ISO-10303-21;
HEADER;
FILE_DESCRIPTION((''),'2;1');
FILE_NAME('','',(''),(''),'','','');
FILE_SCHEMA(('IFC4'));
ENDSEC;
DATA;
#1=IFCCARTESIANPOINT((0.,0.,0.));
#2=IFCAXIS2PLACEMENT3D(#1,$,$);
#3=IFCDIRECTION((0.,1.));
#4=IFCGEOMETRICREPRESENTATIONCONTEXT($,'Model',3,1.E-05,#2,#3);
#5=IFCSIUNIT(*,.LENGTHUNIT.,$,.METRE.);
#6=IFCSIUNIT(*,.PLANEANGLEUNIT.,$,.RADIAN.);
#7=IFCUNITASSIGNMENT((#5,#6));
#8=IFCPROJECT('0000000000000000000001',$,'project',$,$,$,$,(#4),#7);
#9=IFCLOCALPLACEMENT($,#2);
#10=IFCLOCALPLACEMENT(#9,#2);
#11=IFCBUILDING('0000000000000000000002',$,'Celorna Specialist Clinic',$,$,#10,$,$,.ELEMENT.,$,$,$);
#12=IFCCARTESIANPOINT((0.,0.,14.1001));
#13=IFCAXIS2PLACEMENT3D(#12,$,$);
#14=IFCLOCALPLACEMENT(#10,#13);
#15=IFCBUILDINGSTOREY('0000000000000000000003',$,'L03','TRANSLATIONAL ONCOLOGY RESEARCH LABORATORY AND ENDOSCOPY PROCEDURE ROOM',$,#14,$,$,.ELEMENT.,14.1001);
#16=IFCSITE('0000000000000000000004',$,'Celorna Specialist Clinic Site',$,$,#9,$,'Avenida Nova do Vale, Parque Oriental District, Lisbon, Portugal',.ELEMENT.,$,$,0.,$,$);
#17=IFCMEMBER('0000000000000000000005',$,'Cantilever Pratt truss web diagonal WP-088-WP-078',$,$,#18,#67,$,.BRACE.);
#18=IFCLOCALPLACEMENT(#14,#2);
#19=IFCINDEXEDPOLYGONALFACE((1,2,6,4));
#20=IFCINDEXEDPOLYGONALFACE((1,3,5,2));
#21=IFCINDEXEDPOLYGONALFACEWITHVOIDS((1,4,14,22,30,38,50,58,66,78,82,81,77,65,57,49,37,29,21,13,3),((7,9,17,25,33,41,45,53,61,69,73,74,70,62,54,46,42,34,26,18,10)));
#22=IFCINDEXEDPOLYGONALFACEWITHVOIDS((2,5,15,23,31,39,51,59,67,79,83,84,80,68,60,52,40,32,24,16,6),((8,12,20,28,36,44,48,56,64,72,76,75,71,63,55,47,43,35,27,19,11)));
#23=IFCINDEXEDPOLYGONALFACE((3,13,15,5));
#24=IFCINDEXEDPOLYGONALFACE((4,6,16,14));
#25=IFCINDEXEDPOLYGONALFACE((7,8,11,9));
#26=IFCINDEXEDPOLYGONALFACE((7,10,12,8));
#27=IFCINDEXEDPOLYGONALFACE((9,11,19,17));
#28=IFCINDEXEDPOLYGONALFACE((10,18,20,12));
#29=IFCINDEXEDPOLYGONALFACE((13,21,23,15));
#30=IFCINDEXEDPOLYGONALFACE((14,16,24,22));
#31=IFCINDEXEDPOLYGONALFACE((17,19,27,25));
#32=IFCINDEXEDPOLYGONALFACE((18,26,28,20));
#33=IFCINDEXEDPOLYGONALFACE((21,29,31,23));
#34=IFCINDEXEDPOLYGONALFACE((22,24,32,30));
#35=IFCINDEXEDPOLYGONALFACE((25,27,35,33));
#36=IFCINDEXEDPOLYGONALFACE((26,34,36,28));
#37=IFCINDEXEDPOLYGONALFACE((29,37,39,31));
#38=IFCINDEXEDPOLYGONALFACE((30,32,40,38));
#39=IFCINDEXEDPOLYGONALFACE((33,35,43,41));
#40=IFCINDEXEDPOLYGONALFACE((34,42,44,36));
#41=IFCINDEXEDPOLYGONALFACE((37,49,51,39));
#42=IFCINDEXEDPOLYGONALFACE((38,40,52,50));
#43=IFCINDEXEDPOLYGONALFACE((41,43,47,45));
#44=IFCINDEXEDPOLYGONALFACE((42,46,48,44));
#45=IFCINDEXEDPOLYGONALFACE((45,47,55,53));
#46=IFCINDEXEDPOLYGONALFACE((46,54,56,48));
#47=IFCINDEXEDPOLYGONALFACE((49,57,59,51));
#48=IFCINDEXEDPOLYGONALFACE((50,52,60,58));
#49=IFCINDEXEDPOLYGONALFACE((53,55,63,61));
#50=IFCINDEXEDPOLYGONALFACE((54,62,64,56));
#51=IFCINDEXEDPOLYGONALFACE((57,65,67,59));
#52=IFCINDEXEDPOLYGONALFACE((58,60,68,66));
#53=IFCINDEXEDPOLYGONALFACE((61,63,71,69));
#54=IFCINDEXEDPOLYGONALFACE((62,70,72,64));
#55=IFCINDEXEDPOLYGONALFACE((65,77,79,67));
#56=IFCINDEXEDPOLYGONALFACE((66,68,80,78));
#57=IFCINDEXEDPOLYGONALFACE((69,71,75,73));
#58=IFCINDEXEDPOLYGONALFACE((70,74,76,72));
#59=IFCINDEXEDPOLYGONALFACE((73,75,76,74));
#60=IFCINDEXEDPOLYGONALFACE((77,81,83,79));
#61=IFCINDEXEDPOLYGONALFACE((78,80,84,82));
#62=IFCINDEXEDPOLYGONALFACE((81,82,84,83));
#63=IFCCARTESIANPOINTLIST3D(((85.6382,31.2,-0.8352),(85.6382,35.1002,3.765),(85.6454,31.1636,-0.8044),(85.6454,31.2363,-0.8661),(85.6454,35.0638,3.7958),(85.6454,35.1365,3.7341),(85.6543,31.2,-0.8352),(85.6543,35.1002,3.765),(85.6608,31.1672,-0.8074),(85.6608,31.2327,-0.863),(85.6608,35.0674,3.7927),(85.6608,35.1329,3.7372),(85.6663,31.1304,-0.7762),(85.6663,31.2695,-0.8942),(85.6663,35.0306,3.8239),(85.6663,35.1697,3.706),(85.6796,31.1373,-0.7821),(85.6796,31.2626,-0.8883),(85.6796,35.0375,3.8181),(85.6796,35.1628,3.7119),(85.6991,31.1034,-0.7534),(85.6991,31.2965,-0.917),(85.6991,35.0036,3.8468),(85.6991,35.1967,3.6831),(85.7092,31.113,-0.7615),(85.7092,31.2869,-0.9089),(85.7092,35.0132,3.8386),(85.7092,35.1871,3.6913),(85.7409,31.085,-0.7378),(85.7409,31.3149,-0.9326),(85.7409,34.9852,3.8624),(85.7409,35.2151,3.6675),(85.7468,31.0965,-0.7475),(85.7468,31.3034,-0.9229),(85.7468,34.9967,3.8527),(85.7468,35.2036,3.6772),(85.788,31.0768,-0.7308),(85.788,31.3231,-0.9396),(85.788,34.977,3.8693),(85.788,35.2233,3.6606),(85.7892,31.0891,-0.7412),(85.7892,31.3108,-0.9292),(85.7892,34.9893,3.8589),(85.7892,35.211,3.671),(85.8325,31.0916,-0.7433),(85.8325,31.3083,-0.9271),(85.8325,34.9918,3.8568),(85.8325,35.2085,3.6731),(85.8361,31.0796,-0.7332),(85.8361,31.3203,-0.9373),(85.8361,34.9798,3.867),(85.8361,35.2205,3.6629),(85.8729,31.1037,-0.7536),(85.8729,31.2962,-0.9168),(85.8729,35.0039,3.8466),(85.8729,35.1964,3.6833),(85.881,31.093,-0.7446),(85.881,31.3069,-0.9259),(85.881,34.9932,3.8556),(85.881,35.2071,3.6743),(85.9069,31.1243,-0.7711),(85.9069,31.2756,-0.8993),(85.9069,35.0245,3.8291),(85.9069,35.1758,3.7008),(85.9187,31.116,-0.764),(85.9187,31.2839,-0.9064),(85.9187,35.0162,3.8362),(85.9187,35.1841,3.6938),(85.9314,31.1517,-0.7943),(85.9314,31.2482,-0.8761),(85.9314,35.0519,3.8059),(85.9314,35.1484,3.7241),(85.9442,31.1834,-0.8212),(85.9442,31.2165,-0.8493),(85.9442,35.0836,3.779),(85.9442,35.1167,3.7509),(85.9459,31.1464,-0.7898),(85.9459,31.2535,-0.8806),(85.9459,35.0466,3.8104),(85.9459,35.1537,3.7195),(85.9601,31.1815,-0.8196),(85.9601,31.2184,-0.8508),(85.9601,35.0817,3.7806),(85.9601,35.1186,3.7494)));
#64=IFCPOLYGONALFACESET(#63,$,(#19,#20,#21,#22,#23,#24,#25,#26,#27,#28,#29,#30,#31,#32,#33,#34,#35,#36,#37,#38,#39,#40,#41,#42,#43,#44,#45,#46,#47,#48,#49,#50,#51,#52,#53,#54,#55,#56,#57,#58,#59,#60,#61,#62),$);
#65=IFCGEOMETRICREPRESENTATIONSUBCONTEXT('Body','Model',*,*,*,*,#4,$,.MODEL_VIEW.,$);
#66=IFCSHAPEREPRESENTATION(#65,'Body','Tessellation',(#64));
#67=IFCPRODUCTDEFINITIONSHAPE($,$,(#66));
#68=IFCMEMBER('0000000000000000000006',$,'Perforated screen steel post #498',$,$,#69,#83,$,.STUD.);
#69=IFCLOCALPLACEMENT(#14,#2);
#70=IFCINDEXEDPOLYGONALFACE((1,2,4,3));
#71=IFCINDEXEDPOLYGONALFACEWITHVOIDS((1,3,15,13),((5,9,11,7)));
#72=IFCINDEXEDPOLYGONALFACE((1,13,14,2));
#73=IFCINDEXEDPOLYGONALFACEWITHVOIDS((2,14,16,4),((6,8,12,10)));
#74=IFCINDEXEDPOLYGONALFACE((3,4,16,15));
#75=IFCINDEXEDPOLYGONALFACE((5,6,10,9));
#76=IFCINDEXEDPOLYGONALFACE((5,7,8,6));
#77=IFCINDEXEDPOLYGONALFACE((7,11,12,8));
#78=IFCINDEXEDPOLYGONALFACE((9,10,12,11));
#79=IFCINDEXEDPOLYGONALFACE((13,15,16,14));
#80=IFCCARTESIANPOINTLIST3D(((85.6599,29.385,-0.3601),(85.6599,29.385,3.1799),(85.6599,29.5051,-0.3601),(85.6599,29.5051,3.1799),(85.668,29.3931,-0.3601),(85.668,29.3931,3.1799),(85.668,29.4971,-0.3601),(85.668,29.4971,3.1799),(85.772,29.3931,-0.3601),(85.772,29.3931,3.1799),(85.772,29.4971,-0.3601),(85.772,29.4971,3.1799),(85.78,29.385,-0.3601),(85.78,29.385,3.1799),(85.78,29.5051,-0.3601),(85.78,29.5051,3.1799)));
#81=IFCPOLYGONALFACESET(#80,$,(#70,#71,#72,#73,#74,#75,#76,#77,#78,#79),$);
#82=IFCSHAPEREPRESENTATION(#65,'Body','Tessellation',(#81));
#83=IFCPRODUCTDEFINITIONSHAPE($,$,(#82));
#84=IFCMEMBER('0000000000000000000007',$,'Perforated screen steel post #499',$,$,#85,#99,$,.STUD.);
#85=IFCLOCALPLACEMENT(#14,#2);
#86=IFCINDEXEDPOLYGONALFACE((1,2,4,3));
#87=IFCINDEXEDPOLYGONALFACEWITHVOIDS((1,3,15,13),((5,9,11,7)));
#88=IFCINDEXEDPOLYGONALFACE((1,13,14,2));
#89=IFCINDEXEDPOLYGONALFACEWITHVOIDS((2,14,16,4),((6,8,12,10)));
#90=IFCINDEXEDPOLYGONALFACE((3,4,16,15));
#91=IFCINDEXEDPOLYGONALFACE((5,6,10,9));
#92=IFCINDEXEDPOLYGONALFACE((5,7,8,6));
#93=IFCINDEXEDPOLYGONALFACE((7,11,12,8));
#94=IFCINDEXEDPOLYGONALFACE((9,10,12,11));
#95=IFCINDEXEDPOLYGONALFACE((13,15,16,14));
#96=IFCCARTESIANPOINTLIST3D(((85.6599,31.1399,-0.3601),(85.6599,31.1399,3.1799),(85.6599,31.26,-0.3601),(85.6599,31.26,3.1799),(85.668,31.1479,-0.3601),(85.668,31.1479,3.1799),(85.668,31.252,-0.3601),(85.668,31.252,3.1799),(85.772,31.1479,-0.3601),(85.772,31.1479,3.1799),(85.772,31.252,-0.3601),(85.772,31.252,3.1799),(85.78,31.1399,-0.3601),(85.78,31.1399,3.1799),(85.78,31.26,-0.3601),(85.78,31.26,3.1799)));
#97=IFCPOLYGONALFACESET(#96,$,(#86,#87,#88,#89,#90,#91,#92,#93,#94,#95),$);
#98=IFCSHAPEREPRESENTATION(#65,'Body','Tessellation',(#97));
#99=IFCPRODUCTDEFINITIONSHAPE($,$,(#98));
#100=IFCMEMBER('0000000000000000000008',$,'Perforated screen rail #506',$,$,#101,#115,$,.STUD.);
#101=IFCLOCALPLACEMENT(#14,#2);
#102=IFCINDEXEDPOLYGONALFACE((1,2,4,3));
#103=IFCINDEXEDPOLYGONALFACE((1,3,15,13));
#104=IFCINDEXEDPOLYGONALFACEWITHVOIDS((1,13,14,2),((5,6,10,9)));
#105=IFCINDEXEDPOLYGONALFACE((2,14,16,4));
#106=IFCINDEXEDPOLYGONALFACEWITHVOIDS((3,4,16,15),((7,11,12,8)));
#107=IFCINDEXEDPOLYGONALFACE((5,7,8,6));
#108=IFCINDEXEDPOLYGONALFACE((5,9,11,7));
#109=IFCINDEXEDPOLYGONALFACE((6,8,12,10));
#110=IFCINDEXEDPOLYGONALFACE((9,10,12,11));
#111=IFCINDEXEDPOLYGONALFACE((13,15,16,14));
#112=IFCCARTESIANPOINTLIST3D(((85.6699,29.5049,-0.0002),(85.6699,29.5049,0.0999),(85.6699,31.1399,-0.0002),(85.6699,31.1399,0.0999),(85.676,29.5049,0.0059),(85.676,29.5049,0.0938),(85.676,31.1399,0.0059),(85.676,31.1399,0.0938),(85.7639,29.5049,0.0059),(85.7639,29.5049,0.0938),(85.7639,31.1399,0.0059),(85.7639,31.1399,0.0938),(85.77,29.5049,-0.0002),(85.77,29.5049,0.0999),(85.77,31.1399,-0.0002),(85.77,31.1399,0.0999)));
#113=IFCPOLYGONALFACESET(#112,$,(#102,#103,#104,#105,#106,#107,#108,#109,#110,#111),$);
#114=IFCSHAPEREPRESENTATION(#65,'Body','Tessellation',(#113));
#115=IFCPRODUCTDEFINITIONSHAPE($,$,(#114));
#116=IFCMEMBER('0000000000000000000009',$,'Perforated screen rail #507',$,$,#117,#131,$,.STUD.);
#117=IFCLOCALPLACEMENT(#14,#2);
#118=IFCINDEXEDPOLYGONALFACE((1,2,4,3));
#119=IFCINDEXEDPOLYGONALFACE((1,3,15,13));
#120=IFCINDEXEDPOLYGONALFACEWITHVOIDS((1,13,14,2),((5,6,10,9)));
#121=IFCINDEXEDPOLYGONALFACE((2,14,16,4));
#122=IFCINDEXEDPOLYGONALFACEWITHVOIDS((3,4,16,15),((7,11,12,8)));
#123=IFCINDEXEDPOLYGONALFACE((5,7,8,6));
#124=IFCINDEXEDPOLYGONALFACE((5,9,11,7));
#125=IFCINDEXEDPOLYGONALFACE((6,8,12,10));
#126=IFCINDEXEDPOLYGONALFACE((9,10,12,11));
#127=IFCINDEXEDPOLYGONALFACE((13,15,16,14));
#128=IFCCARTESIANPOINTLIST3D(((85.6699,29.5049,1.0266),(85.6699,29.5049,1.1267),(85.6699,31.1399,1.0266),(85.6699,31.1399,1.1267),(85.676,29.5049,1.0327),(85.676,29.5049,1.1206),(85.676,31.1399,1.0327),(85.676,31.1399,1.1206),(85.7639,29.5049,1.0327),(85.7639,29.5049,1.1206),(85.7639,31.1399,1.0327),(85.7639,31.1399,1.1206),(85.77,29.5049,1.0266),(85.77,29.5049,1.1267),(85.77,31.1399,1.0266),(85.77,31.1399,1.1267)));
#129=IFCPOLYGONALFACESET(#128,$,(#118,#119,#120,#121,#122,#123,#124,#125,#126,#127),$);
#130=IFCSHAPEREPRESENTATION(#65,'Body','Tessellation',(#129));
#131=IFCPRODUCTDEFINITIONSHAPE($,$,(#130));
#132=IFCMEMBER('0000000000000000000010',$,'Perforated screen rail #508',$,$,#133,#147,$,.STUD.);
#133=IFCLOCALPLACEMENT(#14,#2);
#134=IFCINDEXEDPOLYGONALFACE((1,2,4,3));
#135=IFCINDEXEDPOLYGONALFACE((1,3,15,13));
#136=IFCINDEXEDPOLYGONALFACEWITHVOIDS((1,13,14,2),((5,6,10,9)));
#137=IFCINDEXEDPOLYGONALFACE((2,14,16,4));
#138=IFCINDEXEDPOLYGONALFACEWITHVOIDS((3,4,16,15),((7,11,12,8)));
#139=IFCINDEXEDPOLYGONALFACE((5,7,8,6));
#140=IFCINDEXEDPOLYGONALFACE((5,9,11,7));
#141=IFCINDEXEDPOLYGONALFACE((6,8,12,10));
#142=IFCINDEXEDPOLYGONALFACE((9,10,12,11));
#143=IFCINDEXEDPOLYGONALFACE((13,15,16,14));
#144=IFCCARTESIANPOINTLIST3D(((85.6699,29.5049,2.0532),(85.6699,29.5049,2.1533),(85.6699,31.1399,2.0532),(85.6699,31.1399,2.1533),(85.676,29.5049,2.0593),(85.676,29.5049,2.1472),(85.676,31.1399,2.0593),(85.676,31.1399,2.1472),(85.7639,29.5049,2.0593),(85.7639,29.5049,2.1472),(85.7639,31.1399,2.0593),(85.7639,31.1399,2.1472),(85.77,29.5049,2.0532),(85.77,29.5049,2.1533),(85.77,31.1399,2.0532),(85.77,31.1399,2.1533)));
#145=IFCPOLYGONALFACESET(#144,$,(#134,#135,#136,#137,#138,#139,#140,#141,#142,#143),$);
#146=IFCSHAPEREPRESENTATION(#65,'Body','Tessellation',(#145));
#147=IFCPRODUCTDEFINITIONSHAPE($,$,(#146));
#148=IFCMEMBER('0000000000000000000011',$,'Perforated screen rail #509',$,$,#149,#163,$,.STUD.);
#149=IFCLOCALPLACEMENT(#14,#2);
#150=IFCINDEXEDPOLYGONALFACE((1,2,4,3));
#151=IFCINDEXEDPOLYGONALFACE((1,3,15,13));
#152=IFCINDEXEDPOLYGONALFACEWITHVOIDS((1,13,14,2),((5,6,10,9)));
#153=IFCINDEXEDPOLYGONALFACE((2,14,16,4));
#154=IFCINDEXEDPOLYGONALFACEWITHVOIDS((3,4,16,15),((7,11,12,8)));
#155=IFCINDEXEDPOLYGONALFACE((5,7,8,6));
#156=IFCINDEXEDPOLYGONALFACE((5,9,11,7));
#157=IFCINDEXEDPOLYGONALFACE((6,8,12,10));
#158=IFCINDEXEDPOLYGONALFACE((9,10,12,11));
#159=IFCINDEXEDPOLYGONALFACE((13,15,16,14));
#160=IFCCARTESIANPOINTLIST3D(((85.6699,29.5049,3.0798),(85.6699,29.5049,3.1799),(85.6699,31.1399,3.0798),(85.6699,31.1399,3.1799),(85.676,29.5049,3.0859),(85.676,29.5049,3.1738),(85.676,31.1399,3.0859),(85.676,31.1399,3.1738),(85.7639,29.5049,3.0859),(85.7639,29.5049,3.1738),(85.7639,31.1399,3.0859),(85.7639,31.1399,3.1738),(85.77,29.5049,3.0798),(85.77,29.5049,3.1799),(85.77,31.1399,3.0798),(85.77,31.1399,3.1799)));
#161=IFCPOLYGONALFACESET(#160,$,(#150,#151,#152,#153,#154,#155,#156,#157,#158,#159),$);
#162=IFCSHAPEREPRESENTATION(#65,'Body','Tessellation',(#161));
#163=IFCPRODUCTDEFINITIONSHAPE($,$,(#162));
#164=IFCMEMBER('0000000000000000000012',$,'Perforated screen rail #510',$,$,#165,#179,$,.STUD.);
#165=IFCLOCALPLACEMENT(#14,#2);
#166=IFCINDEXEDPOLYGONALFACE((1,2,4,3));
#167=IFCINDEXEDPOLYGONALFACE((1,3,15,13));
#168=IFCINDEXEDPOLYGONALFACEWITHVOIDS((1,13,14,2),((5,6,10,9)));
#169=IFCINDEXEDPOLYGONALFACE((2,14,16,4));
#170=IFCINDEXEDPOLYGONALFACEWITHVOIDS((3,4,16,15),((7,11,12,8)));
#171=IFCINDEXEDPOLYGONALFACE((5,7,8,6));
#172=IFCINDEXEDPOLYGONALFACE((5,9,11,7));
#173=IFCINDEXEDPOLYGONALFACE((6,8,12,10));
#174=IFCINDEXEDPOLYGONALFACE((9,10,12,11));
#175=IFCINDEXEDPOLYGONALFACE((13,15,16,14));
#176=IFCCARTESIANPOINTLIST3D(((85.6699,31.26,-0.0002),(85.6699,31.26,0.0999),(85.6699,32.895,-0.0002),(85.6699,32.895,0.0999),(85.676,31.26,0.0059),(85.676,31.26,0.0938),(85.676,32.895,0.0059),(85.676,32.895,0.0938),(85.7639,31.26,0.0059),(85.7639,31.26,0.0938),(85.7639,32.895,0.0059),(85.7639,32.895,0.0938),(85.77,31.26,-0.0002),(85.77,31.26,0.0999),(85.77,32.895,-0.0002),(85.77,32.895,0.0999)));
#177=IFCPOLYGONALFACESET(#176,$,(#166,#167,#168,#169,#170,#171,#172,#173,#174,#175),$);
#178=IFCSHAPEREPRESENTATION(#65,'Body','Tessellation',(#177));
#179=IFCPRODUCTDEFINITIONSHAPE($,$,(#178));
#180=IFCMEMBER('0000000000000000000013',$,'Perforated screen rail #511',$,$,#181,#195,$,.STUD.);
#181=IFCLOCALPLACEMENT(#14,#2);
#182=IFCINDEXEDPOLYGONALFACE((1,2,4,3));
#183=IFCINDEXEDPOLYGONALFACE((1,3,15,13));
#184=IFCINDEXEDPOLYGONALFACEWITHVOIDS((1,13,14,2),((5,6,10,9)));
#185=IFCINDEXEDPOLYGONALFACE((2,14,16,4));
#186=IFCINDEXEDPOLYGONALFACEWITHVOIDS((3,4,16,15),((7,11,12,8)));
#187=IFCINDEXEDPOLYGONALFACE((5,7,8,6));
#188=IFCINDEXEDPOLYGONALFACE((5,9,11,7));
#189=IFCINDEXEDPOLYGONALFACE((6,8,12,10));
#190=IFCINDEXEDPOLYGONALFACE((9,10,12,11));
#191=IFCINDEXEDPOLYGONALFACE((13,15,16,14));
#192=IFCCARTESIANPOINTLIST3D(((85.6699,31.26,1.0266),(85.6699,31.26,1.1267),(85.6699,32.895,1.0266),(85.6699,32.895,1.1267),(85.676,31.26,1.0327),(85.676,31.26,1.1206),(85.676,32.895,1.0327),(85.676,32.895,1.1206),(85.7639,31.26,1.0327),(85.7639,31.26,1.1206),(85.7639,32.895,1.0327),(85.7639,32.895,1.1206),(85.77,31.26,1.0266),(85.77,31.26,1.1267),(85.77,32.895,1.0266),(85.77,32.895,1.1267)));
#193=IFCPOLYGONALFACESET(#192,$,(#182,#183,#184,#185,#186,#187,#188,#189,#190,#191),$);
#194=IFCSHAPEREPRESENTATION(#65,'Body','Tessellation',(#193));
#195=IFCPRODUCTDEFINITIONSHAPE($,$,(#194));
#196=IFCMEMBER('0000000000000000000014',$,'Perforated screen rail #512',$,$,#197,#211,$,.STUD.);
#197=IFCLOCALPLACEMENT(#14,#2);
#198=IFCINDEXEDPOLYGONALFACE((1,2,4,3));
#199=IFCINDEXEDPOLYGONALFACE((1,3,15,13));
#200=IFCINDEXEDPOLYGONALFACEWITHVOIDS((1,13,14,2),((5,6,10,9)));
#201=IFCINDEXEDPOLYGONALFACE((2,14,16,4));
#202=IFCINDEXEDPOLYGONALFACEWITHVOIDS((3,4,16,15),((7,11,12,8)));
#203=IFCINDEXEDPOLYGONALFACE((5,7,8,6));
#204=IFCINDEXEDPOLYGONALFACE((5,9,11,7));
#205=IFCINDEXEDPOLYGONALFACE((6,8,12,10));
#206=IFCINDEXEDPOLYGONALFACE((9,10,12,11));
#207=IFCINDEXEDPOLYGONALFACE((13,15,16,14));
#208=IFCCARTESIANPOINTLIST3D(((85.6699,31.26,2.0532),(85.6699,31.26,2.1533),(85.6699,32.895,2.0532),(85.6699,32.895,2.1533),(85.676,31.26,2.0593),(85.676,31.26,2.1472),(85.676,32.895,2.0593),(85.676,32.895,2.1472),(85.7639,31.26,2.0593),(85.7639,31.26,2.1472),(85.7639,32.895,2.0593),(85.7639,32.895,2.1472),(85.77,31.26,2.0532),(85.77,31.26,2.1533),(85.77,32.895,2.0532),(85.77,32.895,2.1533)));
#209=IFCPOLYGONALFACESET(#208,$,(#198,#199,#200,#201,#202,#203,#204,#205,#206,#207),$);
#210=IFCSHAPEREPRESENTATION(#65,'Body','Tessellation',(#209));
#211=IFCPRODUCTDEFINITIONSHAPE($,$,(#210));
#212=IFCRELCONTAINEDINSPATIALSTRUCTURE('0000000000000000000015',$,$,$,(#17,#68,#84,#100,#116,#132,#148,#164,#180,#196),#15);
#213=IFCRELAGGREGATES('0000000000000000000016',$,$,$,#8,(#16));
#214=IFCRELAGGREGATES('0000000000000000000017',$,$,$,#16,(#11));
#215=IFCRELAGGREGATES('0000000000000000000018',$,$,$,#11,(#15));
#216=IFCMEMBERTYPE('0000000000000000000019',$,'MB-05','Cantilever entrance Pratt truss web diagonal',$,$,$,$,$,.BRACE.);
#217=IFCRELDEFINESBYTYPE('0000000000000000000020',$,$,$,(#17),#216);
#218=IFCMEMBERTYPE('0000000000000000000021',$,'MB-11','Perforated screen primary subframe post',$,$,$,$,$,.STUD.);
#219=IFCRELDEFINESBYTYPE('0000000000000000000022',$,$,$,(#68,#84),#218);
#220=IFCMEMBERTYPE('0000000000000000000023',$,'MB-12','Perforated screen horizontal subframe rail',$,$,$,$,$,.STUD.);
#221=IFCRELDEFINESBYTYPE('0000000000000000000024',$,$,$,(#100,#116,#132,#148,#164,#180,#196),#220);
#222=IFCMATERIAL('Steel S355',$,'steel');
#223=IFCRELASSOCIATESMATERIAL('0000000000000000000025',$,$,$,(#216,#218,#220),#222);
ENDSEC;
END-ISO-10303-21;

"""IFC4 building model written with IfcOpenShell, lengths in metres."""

from ifc_helpers import new_model, si_unit, direction, frame, origin, origin_2d, place, context, subcontext, project, spatial, hollow_rectangle, hollow_circle, extrude, material, material_profile, profile_set, type_object, element, save


model = new_model("IFC4")

# Units and contexts
model_context = context("Model", 3, precision=1e-05, world=origin(), true_north=direction((0.0, 1.0)))
body_context = subcontext(model_context, "Body", "Model", "MODEL_VIEW")
ifc_project = project(units=[si_unit("LENGTHUNIT", "METRE"), si_unit("PLANEANGLEUNIT", "RADIAN")], contexts=[model_context])

# Site, building, storey
site_placement = place(None, origin())
site = spatial("IfcSite", under=ifc_project, at=site_placement, Name="Celorna Specialist Clinic Site", LongName="Avenida Nova do Vale, Parque Oriental District, Lisbon, Portugal", CompositionType="ELEMENT", RefElevation=0.0)
building_placement = place(site_placement, origin())
building = spatial("IfcBuilding", under=site, at=building_placement, Name="Celorna Specialist Clinic", CompositionType="ELEMENT")
storey_placement = place(building_placement, frame((0.0, 0.0, 14.1001)))
storey = spatial("IfcBuildingStorey", under=building, at=storey_placement, Name="L03", Description="TRANSLATIONAL ONCOLOGY RESEARCH LABORATORY AND ENDOSCOPY PROCEDURE ROOM", CompositionType="ELEMENT", Elevation=14.1001)

# Members
ifc_material_1 = material(Name="Steel S355", Category="steel")
ifc_material_profile_1 = material_profile(ifc_material_1, hollow_circle(Radius=0.1619, WallThickness=0.0161, at=origin_2d()), Name="CHS 323.9x16")
ifc_profile_set_1 = profile_set([ifc_material_profile_1], Name="Steel S355")
member_type_1 = type_object("IfcMemberType", Name="MB-05", Description="Cantilever entrance Pratt truss web diagonal", PredefinedType="BRACE", material=ifc_profile_set_1)
member_placement = place(storey_placement, frame((85.8, 31.2, -0.8352), z_axis=(0.0, 0.646691, 0.762752), x_axis=(-1.0, 0.0, 0.0)))
element("IfcMember", 1, at=member_placement, inside=storey, type_object=member_type_1, Name="Cantilever Pratt truss web diagonal WP-088-WP-078", PredefinedType="BRACE", context=body_context, shape_type="SweptSolid", body=[
    extrude(hollow_circle(Radius=0.1619, WallThickness=0.0161, at=origin_2d()), origin(), (0.0, 0.0, 1.0), 6.031),
])
ifc_material_profile_2 = material_profile(ifc_material_1, hollow_rectangle(XDim=0.1201, YDim=0.1201, WallThickness=0.0081, at=origin_2d()), Name="SHS 120x120x8")
ifc_profile_set_2 = profile_set([ifc_material_profile_2], Name="Steel S355")
member_type_2 = type_object("IfcMemberType", Name="MB-11", Description="Perforated screen primary subframe post", PredefinedType="STUD", material=ifc_profile_set_2)
for number, where, z_axis, x_axis, name in (
    (2, (85.72, 29.4451, -0.3601), (0.0, 0.0, 1.0), (1.0, 0.0, 0.0), "Perforated screen steel post #498"),
    (3, (85.72, 31.2, -0.3601), (0.0, 0.0, 1.0), (1.0, 0.0, 0.0), "Perforated screen steel post #499"),
):
    element("IfcMember", number, at=place(storey_placement, frame(where, z_axis=z_axis, x_axis=x_axis)), inside=storey, type_object=member_type_2, Name=name, PredefinedType="STUD", context=body_context, shape_type="SweptSolid", body=[
        extrude(hollow_rectangle(XDim=0.1201, YDim=0.1201, WallThickness=0.0081, at=origin_2d()), origin(), (0.0, 0.0, 1.0), 3.54),
    ])
ifc_material_profile_3 = material_profile(ifc_material_1, hollow_rectangle(XDim=0.1001, YDim=0.1001, WallThickness=0.0061, at=origin_2d()), Name="SHS 100x100x6")
ifc_profile_set_3 = profile_set([ifc_material_profile_3], Name="Steel S355")
member_type_3 = type_object("IfcMemberType", Name="MB-12", Description="Perforated screen horizontal subframe rail", PredefinedType="STUD", material=ifc_profile_set_3)
for number, where, z_axis, x_axis, name in (
    (4, (85.72, 29.5049, 0.0498), (0.0, 1.0, 0.0), (-1.0, 0.0, 0.0), "Perforated screen rail #506"),
    (5, (85.72, 29.5049, 1.0767), (0.0, 1.0, 0.0), (-1.0, 0.0, 0.0), "Perforated screen rail #507"),
    (6, (85.72, 29.5049, 2.1033), (0.0, 1.0, 0.0), (-1.0, 0.0, 0.0), "Perforated screen rail #508"),
    (7, (85.72, 29.5049, 3.1299), (0.0, 1.0, 0.0), (-1.0, 0.0, 0.0), "Perforated screen rail #509"),
    (8, (85.72, 31.26, 0.0498), (0.0, 1.0, 0.0), (-1.0, 0.0, 0.0), "Perforated screen rail #510"),
    (9, (85.72, 31.26, 1.0767), (0.0, 1.0, 0.0), (-1.0, 0.0, 0.0), "Perforated screen rail #511"),
    (10, (85.72, 31.26, 2.1033), (0.0, 1.0, 0.0), (-1.0, 0.0, 0.0), "Perforated screen rail #512"),
):
    element("IfcMember", number, at=place(storey_placement, frame(where, z_axis=z_axis, x_axis=x_axis)), inside=storey, type_object=member_type_3, Name=name, PredefinedType="STUD", context=body_context, shape_type="SweptSolid", body=[
        extrude(hollow_rectangle(XDim=0.1001, YDim=0.1001, WallThickness=0.0061, at=origin_2d()), origin(), (0.0, 0.0, 1.0), 1.635),
    ])

save(model, "model.ifc")
